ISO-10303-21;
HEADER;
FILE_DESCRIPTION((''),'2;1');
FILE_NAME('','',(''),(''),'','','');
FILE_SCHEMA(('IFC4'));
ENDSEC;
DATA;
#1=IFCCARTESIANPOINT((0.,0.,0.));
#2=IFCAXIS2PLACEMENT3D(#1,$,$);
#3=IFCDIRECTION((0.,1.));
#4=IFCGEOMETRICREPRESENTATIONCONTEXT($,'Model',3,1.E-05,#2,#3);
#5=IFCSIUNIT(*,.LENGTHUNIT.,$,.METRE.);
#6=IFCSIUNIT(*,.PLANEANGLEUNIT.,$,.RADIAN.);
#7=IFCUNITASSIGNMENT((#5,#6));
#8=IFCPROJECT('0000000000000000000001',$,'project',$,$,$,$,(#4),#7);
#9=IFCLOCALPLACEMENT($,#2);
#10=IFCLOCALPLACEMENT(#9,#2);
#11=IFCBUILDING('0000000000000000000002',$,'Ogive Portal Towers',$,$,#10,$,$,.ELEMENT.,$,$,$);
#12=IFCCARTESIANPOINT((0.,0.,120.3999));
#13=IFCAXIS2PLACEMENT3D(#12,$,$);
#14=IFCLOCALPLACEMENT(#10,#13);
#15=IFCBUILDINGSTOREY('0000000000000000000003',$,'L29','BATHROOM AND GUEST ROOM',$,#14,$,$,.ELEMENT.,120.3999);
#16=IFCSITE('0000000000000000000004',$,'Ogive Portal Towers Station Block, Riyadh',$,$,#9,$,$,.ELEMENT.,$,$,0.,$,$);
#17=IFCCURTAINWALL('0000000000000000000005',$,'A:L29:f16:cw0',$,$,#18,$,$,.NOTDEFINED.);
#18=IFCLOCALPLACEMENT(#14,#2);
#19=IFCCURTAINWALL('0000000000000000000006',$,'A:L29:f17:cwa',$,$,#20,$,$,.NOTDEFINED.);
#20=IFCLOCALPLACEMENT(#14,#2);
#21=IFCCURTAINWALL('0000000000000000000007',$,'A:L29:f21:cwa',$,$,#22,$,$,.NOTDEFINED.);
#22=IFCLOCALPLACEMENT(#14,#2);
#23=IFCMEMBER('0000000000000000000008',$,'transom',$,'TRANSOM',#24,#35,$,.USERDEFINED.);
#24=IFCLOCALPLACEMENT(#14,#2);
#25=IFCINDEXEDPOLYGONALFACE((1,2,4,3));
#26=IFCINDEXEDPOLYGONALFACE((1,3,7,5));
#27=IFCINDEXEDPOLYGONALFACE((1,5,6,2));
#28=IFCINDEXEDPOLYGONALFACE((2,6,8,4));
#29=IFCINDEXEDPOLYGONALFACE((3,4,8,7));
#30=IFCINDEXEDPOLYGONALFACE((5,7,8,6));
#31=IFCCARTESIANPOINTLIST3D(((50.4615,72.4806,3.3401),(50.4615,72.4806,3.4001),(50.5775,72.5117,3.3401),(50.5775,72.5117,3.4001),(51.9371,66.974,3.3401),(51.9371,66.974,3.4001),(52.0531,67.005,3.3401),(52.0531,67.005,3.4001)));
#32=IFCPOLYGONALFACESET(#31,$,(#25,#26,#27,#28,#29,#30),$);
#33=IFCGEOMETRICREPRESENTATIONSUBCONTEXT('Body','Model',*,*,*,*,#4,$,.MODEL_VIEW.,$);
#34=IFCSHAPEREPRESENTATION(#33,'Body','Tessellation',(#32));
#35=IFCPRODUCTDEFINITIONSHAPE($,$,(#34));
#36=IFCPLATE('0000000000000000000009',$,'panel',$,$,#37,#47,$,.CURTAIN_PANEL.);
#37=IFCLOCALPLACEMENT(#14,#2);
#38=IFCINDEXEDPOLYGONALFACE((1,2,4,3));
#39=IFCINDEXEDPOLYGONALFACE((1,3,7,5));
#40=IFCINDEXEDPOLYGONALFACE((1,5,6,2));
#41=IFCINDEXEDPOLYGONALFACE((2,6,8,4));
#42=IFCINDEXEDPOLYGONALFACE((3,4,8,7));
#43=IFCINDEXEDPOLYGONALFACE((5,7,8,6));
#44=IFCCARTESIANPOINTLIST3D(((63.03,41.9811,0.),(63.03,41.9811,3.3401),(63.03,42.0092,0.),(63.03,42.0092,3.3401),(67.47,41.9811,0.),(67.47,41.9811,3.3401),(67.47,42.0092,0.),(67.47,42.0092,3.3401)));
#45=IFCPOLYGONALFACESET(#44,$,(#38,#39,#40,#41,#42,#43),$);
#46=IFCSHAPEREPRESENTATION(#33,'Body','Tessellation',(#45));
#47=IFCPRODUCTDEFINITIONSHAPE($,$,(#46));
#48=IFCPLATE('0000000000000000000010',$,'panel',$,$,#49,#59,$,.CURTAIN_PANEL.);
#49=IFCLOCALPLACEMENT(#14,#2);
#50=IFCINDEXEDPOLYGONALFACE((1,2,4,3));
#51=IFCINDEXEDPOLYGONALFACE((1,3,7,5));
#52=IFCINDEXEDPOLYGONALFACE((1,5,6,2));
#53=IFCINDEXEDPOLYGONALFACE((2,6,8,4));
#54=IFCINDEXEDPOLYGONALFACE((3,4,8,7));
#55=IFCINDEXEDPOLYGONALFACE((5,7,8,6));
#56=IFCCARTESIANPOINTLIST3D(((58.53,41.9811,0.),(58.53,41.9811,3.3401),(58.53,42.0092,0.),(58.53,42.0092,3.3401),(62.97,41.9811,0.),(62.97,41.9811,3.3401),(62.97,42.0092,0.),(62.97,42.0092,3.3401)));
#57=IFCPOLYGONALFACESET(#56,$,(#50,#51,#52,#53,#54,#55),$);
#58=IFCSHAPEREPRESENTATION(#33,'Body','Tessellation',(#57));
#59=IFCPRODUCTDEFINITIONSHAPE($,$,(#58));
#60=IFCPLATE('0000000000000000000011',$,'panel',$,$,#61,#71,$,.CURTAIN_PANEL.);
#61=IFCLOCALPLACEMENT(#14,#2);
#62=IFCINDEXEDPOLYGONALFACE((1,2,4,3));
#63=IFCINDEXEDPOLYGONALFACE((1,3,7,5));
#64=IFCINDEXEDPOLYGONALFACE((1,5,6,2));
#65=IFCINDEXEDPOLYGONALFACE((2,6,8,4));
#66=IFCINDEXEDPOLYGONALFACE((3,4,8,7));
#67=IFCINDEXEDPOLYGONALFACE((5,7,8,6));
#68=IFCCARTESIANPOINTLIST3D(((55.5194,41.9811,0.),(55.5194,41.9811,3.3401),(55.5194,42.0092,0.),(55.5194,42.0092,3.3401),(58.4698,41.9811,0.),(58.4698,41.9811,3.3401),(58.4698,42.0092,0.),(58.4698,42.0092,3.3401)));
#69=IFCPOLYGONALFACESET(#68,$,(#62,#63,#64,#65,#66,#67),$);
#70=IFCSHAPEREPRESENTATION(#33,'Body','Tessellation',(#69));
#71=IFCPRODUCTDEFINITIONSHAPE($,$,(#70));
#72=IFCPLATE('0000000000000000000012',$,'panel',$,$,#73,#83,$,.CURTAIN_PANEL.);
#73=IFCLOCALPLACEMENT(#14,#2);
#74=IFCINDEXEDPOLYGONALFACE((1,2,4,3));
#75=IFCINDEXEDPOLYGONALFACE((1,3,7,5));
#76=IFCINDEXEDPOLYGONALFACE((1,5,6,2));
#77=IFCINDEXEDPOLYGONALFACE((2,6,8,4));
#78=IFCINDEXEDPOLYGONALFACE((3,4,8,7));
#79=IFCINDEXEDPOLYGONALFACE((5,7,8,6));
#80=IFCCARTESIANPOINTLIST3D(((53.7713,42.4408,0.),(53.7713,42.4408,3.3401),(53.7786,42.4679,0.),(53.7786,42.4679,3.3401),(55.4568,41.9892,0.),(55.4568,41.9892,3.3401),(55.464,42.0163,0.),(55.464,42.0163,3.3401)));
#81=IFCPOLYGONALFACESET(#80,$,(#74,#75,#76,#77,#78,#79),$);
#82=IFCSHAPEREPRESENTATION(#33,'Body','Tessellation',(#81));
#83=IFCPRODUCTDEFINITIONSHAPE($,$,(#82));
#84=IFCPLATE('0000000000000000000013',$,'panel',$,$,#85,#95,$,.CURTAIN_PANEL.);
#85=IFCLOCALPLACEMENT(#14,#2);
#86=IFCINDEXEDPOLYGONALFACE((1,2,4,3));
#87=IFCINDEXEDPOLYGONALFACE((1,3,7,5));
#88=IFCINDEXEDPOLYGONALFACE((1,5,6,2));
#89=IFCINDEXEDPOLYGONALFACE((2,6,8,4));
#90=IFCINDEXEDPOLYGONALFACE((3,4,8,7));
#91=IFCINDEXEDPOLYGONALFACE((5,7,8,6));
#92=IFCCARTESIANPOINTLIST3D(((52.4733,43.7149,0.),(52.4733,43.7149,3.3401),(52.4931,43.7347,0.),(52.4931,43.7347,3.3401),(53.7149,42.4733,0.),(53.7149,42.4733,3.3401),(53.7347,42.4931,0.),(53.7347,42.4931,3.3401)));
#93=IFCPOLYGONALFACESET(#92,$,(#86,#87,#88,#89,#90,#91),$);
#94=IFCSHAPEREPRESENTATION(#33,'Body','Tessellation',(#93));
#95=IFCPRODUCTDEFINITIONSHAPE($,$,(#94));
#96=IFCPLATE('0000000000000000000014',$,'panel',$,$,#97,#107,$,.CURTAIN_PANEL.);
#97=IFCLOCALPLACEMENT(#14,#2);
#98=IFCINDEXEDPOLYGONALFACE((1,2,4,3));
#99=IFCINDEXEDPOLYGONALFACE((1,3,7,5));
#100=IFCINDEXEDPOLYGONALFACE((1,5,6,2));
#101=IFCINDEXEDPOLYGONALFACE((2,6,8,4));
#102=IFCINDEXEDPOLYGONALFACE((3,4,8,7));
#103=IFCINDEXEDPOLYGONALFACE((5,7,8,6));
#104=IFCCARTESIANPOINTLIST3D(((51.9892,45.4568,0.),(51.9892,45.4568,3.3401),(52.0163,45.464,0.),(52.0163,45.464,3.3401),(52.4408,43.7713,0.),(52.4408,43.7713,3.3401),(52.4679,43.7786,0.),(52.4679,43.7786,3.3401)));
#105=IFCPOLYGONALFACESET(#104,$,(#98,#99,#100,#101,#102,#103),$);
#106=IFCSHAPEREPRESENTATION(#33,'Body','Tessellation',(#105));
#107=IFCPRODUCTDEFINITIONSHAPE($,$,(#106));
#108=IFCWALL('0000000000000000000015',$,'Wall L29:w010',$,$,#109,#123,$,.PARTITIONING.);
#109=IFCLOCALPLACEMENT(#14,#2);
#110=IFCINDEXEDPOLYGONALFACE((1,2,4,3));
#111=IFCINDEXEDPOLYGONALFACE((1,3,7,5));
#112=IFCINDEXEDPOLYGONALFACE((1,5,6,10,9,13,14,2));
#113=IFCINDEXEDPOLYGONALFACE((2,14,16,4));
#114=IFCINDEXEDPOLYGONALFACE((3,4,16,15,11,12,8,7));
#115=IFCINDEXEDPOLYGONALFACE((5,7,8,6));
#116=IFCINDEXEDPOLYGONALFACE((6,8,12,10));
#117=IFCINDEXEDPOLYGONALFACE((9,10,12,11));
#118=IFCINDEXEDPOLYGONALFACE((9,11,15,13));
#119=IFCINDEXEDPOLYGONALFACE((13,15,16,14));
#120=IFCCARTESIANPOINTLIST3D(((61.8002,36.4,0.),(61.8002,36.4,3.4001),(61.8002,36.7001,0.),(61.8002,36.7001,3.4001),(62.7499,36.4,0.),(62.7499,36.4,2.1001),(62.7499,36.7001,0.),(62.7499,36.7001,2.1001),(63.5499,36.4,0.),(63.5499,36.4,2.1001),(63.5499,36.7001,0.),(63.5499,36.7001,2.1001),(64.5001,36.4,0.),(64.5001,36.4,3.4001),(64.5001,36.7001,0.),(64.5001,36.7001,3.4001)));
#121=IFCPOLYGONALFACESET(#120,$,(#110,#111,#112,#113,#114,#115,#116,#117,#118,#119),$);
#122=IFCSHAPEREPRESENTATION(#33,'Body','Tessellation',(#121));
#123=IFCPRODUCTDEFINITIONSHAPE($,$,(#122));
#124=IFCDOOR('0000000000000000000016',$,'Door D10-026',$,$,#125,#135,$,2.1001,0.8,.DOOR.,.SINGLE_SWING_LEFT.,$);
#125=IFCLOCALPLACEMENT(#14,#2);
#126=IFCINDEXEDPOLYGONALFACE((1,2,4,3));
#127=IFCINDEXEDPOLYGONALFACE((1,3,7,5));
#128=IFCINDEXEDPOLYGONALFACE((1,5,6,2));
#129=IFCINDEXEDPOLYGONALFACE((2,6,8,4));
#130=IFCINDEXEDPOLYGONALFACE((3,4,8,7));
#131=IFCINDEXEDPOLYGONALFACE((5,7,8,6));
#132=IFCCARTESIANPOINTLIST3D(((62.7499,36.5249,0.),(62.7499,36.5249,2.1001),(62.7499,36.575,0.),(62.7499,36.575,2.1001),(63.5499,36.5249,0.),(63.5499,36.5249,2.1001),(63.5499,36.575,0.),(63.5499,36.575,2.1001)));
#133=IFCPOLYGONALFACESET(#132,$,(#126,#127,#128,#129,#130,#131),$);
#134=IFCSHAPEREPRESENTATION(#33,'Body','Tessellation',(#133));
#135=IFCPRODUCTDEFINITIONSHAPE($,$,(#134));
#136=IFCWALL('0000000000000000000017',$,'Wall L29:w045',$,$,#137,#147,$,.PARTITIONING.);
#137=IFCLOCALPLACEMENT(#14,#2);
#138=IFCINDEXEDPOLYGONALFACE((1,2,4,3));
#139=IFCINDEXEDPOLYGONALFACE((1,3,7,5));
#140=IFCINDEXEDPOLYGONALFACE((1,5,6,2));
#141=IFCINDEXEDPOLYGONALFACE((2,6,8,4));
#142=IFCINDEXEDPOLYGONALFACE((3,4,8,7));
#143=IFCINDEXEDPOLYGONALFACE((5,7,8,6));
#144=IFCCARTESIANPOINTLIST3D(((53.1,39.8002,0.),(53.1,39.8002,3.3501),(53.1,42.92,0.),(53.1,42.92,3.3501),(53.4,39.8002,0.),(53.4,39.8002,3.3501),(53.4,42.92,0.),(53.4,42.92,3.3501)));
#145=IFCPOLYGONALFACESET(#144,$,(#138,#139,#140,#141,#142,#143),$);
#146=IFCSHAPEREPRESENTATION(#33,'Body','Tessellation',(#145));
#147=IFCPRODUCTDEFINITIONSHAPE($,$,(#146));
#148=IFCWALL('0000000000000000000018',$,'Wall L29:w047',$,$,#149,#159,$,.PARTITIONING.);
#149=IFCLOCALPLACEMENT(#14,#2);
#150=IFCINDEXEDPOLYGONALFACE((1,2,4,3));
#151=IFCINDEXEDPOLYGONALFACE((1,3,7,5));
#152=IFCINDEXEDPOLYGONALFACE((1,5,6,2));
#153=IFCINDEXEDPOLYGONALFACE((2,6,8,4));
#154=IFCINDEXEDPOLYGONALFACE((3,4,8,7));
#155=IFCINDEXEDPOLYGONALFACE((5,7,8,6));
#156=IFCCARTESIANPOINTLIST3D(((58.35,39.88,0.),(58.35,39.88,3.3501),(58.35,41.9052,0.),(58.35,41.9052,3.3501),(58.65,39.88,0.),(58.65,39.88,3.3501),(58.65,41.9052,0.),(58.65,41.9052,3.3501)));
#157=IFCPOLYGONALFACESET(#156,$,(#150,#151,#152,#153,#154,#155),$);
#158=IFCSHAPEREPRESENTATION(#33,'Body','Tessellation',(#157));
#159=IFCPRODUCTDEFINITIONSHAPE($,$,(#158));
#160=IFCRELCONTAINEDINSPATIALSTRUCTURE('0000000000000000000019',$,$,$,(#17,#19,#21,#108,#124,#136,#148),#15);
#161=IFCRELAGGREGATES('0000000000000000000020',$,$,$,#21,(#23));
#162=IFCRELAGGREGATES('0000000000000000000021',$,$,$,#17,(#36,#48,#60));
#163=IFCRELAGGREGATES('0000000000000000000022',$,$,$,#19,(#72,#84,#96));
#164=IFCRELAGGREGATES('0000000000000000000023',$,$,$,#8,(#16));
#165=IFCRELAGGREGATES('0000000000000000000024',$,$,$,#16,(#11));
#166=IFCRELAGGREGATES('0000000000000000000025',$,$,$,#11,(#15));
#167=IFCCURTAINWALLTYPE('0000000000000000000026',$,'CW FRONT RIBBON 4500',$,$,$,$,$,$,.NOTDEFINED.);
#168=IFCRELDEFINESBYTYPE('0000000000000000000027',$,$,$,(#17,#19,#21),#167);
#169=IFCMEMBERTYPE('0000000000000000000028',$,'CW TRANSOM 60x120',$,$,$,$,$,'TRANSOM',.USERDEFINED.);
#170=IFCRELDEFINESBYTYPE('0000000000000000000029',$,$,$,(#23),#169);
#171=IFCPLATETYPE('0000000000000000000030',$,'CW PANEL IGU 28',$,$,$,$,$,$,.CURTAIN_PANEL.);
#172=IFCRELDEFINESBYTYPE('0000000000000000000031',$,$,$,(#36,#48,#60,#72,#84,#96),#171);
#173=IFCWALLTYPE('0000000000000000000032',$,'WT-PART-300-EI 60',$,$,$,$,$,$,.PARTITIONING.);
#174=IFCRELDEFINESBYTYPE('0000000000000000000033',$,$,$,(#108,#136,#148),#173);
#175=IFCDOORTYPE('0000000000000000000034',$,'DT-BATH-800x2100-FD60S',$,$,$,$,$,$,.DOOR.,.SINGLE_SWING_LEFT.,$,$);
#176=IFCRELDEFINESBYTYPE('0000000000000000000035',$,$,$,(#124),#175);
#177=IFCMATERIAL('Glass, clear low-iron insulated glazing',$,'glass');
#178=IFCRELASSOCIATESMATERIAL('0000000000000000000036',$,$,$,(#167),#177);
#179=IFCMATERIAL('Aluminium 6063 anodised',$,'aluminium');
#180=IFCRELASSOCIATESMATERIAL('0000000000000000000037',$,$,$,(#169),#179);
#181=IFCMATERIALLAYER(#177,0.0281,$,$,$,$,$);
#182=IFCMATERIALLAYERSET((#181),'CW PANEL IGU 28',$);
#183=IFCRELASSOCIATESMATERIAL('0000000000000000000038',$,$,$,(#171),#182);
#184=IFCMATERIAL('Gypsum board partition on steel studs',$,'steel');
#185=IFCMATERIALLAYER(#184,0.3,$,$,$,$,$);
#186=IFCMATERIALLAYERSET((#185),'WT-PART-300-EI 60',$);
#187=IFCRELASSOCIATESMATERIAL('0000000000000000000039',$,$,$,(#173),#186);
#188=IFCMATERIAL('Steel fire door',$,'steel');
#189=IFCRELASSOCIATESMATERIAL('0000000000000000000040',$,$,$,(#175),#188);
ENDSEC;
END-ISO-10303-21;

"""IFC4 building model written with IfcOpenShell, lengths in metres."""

from ifc_helpers import new_model, si_unit, direction, frame, frame_2d, origin, origin_2d, place, context, subcontext, project, spatial, rectangle, extrude, material, layer, layer_set, material_profile, profile_set, type_object, element, fill, aggregate, save


model = new_model("IFC4")

# Units and contexts
model_context = context("Model", 3, precision=1e-05, world=origin(), true_north=direction((0.0, 1.0)))
body_context = subcontext(model_context, "Body", "Model", "MODEL_VIEW")
ifc_project = project(units=[si_unit("LENGTHUNIT", "METRE"), si_unit("PLANEANGLEUNIT", "RADIAN")], contexts=[model_context])

# Site, building, storey
site_placement = place(None, origin())
site = spatial("IfcSite", under=ifc_project, at=site_placement, Name="Ogive Portal Towers Station Block, Riyadh", CompositionType="ELEMENT", RefElevation=0.0)
building_placement = place(site_placement, origin())
building = spatial("IfcBuilding", under=site, at=building_placement, Name="Ogive Portal Towers", CompositionType="ELEMENT")
storey_placement = place(building_placement, frame((0.0, 0.0, 120.3999)))
storey = spatial("IfcBuildingStorey", under=building, at=storey_placement, Name="L29", Description="BATHROOM AND GUEST ROOM", CompositionType="ELEMENT", Elevation=120.3999)

# Curtain walls
ifc_material_1 = material(Name="Glass, clear low-iron insulated glazing", Category="glass")
curtain_wall_type = type_object("IfcCurtainWallType", Name="CW FRONT RIBBON 4500", PredefinedType="NOTDEFINED", material=ifc_material_1)
curtain_wall_1_placement = place(storey_placement, origin())
curtain_wall_1 = element("IfcCurtainWall", 1, at=curtain_wall_1_placement, inside=storey, type_object=curtain_wall_type, Name="A:L29:f16:cw0", PredefinedType="NOTDEFINED")
ifc_material_2 = material(Name="Aluminium 6063 anodised", Category="aluminium")
curtain_wall_2_placement = place(storey_placement, origin())
curtain_wall_2 = element("IfcCurtainWall", 2, at=curtain_wall_2_placement, inside=storey, type_object=curtain_wall_type, Name="A:L29:f17:cwa", PredefinedType="NOTDEFINED")
ifc_material_profile_1 = material_profile(ifc_material_2, rectangle(XDim=0.1201, YDim=0.0601, at=origin_2d()), Name="AL 120x60")
ifc_profile_set_1 = profile_set([ifc_material_profile_1], Name="Aluminium 6063 anodised")
member_type_1 = type_object("IfcMemberType", Name="CW TRANSOM 60x120", ElementType="TRANSOM", PredefinedType="USERDEFINED", material=ifc_profile_set_1)

# Curtain wall, member
curtain_wall_3_placement = place(storey_placement, origin())
curtain_wall_3 = element("IfcCurtainWall", 3, at=curtain_wall_3_placement, inside=storey, type_object=curtain_wall_type, Name="A:L29:f21:cwa", PredefinedType="NOTDEFINED")
member_1_placement = place(storey_placement, frame((51.9951, 66.9895, 3.3701), z_axis=(-0.258835, 0.965921, 0.0), x_axis=(-0.965921, -0.258835, 0.0)))
member_1 = element("IfcMember", 4, at=member_1_placement, type_object=member_type_1, Name="transom", ObjectType="TRANSOM", PredefinedType="USERDEFINED", context=body_context, shape_type="SweptSolid", body=[
    extrude(rectangle(XDim=0.1201, YDim=0.0601, at=origin_2d()), origin(), (0.0, 0.0, 1.0), 5.7009),
])
aggregate(curtain_wall_3, [member_1])

# Plates
ifc_layer_1 = layer(ifc_material_1, 0.0281)
ifc_layer_set_1 = layer_set([ifc_layer_1], Name="CW PANEL IGU 28")
plate_type = type_object("IfcPlateType", Name="CW PANEL IGU 28", PredefinedType="CURTAIN_PANEL", material=ifc_layer_set_1)
plate_1_placement = place(storey_placement, frame((65.25, 41.9951, 0.0), z_axis=(0.0, 0.0, 1.0), x_axis=(-1.0, 0.0, 0.0)))
plate_1 = element("IfcPlate", 5, at=plate_1_placement, type_object=plate_type, Name="panel", PredefinedType="CURTAIN_PANEL", context=body_context, shape_type="SweptSolid", body=[
    extrude(rectangle(XDim=4.4399, YDim=0.0281, at=origin_2d()), origin(), (0.0, 0.0, 1.0), 3.3401),
])
plate_2_placement = place(storey_placement, frame((60.75, 41.9951, 0.0), z_axis=(0.0, 0.0, 1.0), x_axis=(-1.0, 0.0, 0.0)))
plate_2 = element("IfcPlate", 6, at=plate_2_placement, type_object=plate_type, Name="panel", PredefinedType="CURTAIN_PANEL", context=body_context, shape_type="SweptSolid", body=[
    extrude(rectangle(XDim=4.4399, YDim=0.0281, at=origin_2d()), origin(), (0.0, 0.0, 1.0), 3.3401),
])
plate_3_placement = place(storey_placement, frame((56.9946, 41.9951, 0.0), z_axis=(0.0, 0.0, 1.0), x_axis=(-1.0, 0.0, 0.0)))
plate_3 = element("IfcPlate", 7, at=plate_3_placement, type_object=plate_type, Name="panel", PredefinedType="CURTAIN_PANEL", context=body_context, shape_type="SweptSolid", body=[
    extrude(rectangle(XDim=2.9504, YDim=0.0281, at=origin_2d()), origin(), (0.0, 0.0, 1.0), 3.3401),
])
aggregate(curtain_wall_1, [plate_1, plate_2, plate_3])
plate_4_placement = place(storey_placement, frame((54.6177, 42.2285, 0.0), z_axis=(0.0, 0.0, 1.0), x_axis=(-0.965926, 0.258819, 0.0)))
plate_4 = element("IfcPlate", 8, at=plate_4_placement, type_object=plate_type, Name="panel", PredefinedType="CURTAIN_PANEL", context=body_context, shape_type="SweptSolid", body=[
    extrude(rectangle(XDim=1.7449, YDim=0.0281, at=origin_2d()), origin(), (0.0, 0.0, 1.0), 3.3401),
])
plate_5_placement = place(storey_placement, frame((53.104, 43.104, 0.0), z_axis=(0.0, 0.0, 1.0), x_axis=(-0.707107, 0.707107, 0.0)))
plate_5 = element("IfcPlate", 9, at=plate_5_placement, type_object=plate_type, Name="panel", PredefinedType="CURTAIN_PANEL", context=body_context, shape_type="SweptSolid", body=[
    extrude(rectangle(XDim=1.7559, YDim=0.0281, at=origin_2d()), origin(), (0.0, 0.0, 1.0), 3.3401),
])
plate_6_placement = place(storey_placement, frame((52.2285, 44.6177, 0.0), z_axis=(0.0, 0.0, 1.0), x_axis=(-0.258819, 0.965926, 0.0)))
plate_6 = element("IfcPlate", 10, at=plate_6_placement, type_object=plate_type, Name="panel", PredefinedType="CURTAIN_PANEL", context=body_context, shape_type="SweptSolid", body=[
    extrude(rectangle(XDim=1.7449, YDim=0.0281, at=origin_2d()), origin(), (0.0, 0.0, 1.0), 3.3401),
])
aggregate(curtain_wall_2, [plate_4, plate_5, plate_6])

# Wall, opening, door
ifc_material_3 = material(Name="Gypsum board partition on steel studs", Category="steel")
ifc_layer_2 = layer(ifc_material_3, 0.3)
ifc_layer_set_2 = layer_set([ifc_layer_2], Name="WT-PART-300-EI 60")
wall_type_1 = type_object("IfcWallType", Name="WT-PART-300-EI 60", PredefinedType="PARTITIONING", material=ifc_layer_set_2)
wall_1_placement = place(storey_placement, frame((61.8, 36.55, 0.0), z_axis=(0.0, 0.0, 1.0), x_axis=(1.0, 0.0, 0.0)))
wall_1 = element("IfcWall", 11, at=wall_1_placement, inside=storey, type_object=wall_type_1, Name="Wall L29:w010", PredefinedType="PARTITIONING", context=body_context, shape_type="SweptSolid", body=[
    extrude(rectangle(XDim=2.7, YDim=0.3, at=frame_2d((1.3501, 0.0))), origin(), (0.0, 0.0, 1.0), 3.4001),
])
opening_1_placement = place(wall_1_placement, frame((0.95, 0.0, 0.0)))
opening_1 = element("IfcOpeningElement", 12, at=opening_1_placement, cuts=wall_1, PredefinedType="OPENING", context=body_context, shape_type="SweptSolid", body=[
    extrude(rectangle(XDim=0.8, YDim=2.1001, at=frame_2d((0.3999, 1.05))), frame((0.0, 0.1602, 0.0), z_axis=(0.0, -1.0, 0.0), x_axis=(1.0, 0.0, 0.0)), (0.0, 0.0, 1.0), 0.3201),
])
ifc_material_4 = material(Name="Steel fire door", Category="steel")
door_type_1 = type_object("IfcDoorType", Name="DT-BATH-800x2100-FD60S", OperationType="SINGLE_SWING_LEFT", PredefinedType="DOOR", material=ifc_material_4)
door_1_placement = place(opening_1_placement, origin())
door_1 = element("IfcDoor", 13, at=door_1_placement, inside=storey, type_object=door_type_1, Name="Door D10-026", OperationType="SINGLE_SWING_LEFT", OverallHeight=2.1001, OverallWidth=0.8, PredefinedType="DOOR", context=body_context, shape_type="SweptSolid", body=[
    extrude(rectangle(XDim=0.8, YDim=2.1001, at=frame_2d((0.3999, 1.05))), frame((0.0, 0.0249, 0.0), z_axis=(0.0, -1.0, 0.0), x_axis=(1.0, 0.0, 0.0)), (0.0, 0.0, 1.0), 0.05),
])
fill(opening_1, door_1)

# Walls
wall_2_placement = place(storey_placement, frame((53.25, 39.8, 0.0), z_axis=(0.0, 0.0, 1.0), x_axis=(0.0, 1.0, 0.0)))
element("IfcWall", 14, at=wall_2_placement, inside=storey, type_object=wall_type_1, Name="Wall L29:w045", PredefinedType="PARTITIONING", context=body_context, shape_type="SweptSolid", body=[
    extrude(rectangle(XDim=3.1199, YDim=0.3, at=frame_2d((1.5601, 0.0))), origin(), (0.0, 0.0, 1.0), 3.3501),
])
wall_3_placement = place(storey_placement, frame((58.5, 39.8799, 0.0), z_axis=(0.0, 0.0, 1.0), x_axis=(0.0, 1.0, 0.0)))
element("IfcWall", 15, at=wall_3_placement, inside=storey, type_object=wall_type_1, Name="Wall L29:w047", PredefinedType="PARTITIONING", context=body_context, shape_type="SweptSolid", body=[
    extrude(rectangle(XDim=2.0251, YDim=0.3, at=frame_2d((1.0127, 0.0))), origin(), (0.0, 0.0, 1.0), 3.3501),
])

save(model, "model.ifc")
